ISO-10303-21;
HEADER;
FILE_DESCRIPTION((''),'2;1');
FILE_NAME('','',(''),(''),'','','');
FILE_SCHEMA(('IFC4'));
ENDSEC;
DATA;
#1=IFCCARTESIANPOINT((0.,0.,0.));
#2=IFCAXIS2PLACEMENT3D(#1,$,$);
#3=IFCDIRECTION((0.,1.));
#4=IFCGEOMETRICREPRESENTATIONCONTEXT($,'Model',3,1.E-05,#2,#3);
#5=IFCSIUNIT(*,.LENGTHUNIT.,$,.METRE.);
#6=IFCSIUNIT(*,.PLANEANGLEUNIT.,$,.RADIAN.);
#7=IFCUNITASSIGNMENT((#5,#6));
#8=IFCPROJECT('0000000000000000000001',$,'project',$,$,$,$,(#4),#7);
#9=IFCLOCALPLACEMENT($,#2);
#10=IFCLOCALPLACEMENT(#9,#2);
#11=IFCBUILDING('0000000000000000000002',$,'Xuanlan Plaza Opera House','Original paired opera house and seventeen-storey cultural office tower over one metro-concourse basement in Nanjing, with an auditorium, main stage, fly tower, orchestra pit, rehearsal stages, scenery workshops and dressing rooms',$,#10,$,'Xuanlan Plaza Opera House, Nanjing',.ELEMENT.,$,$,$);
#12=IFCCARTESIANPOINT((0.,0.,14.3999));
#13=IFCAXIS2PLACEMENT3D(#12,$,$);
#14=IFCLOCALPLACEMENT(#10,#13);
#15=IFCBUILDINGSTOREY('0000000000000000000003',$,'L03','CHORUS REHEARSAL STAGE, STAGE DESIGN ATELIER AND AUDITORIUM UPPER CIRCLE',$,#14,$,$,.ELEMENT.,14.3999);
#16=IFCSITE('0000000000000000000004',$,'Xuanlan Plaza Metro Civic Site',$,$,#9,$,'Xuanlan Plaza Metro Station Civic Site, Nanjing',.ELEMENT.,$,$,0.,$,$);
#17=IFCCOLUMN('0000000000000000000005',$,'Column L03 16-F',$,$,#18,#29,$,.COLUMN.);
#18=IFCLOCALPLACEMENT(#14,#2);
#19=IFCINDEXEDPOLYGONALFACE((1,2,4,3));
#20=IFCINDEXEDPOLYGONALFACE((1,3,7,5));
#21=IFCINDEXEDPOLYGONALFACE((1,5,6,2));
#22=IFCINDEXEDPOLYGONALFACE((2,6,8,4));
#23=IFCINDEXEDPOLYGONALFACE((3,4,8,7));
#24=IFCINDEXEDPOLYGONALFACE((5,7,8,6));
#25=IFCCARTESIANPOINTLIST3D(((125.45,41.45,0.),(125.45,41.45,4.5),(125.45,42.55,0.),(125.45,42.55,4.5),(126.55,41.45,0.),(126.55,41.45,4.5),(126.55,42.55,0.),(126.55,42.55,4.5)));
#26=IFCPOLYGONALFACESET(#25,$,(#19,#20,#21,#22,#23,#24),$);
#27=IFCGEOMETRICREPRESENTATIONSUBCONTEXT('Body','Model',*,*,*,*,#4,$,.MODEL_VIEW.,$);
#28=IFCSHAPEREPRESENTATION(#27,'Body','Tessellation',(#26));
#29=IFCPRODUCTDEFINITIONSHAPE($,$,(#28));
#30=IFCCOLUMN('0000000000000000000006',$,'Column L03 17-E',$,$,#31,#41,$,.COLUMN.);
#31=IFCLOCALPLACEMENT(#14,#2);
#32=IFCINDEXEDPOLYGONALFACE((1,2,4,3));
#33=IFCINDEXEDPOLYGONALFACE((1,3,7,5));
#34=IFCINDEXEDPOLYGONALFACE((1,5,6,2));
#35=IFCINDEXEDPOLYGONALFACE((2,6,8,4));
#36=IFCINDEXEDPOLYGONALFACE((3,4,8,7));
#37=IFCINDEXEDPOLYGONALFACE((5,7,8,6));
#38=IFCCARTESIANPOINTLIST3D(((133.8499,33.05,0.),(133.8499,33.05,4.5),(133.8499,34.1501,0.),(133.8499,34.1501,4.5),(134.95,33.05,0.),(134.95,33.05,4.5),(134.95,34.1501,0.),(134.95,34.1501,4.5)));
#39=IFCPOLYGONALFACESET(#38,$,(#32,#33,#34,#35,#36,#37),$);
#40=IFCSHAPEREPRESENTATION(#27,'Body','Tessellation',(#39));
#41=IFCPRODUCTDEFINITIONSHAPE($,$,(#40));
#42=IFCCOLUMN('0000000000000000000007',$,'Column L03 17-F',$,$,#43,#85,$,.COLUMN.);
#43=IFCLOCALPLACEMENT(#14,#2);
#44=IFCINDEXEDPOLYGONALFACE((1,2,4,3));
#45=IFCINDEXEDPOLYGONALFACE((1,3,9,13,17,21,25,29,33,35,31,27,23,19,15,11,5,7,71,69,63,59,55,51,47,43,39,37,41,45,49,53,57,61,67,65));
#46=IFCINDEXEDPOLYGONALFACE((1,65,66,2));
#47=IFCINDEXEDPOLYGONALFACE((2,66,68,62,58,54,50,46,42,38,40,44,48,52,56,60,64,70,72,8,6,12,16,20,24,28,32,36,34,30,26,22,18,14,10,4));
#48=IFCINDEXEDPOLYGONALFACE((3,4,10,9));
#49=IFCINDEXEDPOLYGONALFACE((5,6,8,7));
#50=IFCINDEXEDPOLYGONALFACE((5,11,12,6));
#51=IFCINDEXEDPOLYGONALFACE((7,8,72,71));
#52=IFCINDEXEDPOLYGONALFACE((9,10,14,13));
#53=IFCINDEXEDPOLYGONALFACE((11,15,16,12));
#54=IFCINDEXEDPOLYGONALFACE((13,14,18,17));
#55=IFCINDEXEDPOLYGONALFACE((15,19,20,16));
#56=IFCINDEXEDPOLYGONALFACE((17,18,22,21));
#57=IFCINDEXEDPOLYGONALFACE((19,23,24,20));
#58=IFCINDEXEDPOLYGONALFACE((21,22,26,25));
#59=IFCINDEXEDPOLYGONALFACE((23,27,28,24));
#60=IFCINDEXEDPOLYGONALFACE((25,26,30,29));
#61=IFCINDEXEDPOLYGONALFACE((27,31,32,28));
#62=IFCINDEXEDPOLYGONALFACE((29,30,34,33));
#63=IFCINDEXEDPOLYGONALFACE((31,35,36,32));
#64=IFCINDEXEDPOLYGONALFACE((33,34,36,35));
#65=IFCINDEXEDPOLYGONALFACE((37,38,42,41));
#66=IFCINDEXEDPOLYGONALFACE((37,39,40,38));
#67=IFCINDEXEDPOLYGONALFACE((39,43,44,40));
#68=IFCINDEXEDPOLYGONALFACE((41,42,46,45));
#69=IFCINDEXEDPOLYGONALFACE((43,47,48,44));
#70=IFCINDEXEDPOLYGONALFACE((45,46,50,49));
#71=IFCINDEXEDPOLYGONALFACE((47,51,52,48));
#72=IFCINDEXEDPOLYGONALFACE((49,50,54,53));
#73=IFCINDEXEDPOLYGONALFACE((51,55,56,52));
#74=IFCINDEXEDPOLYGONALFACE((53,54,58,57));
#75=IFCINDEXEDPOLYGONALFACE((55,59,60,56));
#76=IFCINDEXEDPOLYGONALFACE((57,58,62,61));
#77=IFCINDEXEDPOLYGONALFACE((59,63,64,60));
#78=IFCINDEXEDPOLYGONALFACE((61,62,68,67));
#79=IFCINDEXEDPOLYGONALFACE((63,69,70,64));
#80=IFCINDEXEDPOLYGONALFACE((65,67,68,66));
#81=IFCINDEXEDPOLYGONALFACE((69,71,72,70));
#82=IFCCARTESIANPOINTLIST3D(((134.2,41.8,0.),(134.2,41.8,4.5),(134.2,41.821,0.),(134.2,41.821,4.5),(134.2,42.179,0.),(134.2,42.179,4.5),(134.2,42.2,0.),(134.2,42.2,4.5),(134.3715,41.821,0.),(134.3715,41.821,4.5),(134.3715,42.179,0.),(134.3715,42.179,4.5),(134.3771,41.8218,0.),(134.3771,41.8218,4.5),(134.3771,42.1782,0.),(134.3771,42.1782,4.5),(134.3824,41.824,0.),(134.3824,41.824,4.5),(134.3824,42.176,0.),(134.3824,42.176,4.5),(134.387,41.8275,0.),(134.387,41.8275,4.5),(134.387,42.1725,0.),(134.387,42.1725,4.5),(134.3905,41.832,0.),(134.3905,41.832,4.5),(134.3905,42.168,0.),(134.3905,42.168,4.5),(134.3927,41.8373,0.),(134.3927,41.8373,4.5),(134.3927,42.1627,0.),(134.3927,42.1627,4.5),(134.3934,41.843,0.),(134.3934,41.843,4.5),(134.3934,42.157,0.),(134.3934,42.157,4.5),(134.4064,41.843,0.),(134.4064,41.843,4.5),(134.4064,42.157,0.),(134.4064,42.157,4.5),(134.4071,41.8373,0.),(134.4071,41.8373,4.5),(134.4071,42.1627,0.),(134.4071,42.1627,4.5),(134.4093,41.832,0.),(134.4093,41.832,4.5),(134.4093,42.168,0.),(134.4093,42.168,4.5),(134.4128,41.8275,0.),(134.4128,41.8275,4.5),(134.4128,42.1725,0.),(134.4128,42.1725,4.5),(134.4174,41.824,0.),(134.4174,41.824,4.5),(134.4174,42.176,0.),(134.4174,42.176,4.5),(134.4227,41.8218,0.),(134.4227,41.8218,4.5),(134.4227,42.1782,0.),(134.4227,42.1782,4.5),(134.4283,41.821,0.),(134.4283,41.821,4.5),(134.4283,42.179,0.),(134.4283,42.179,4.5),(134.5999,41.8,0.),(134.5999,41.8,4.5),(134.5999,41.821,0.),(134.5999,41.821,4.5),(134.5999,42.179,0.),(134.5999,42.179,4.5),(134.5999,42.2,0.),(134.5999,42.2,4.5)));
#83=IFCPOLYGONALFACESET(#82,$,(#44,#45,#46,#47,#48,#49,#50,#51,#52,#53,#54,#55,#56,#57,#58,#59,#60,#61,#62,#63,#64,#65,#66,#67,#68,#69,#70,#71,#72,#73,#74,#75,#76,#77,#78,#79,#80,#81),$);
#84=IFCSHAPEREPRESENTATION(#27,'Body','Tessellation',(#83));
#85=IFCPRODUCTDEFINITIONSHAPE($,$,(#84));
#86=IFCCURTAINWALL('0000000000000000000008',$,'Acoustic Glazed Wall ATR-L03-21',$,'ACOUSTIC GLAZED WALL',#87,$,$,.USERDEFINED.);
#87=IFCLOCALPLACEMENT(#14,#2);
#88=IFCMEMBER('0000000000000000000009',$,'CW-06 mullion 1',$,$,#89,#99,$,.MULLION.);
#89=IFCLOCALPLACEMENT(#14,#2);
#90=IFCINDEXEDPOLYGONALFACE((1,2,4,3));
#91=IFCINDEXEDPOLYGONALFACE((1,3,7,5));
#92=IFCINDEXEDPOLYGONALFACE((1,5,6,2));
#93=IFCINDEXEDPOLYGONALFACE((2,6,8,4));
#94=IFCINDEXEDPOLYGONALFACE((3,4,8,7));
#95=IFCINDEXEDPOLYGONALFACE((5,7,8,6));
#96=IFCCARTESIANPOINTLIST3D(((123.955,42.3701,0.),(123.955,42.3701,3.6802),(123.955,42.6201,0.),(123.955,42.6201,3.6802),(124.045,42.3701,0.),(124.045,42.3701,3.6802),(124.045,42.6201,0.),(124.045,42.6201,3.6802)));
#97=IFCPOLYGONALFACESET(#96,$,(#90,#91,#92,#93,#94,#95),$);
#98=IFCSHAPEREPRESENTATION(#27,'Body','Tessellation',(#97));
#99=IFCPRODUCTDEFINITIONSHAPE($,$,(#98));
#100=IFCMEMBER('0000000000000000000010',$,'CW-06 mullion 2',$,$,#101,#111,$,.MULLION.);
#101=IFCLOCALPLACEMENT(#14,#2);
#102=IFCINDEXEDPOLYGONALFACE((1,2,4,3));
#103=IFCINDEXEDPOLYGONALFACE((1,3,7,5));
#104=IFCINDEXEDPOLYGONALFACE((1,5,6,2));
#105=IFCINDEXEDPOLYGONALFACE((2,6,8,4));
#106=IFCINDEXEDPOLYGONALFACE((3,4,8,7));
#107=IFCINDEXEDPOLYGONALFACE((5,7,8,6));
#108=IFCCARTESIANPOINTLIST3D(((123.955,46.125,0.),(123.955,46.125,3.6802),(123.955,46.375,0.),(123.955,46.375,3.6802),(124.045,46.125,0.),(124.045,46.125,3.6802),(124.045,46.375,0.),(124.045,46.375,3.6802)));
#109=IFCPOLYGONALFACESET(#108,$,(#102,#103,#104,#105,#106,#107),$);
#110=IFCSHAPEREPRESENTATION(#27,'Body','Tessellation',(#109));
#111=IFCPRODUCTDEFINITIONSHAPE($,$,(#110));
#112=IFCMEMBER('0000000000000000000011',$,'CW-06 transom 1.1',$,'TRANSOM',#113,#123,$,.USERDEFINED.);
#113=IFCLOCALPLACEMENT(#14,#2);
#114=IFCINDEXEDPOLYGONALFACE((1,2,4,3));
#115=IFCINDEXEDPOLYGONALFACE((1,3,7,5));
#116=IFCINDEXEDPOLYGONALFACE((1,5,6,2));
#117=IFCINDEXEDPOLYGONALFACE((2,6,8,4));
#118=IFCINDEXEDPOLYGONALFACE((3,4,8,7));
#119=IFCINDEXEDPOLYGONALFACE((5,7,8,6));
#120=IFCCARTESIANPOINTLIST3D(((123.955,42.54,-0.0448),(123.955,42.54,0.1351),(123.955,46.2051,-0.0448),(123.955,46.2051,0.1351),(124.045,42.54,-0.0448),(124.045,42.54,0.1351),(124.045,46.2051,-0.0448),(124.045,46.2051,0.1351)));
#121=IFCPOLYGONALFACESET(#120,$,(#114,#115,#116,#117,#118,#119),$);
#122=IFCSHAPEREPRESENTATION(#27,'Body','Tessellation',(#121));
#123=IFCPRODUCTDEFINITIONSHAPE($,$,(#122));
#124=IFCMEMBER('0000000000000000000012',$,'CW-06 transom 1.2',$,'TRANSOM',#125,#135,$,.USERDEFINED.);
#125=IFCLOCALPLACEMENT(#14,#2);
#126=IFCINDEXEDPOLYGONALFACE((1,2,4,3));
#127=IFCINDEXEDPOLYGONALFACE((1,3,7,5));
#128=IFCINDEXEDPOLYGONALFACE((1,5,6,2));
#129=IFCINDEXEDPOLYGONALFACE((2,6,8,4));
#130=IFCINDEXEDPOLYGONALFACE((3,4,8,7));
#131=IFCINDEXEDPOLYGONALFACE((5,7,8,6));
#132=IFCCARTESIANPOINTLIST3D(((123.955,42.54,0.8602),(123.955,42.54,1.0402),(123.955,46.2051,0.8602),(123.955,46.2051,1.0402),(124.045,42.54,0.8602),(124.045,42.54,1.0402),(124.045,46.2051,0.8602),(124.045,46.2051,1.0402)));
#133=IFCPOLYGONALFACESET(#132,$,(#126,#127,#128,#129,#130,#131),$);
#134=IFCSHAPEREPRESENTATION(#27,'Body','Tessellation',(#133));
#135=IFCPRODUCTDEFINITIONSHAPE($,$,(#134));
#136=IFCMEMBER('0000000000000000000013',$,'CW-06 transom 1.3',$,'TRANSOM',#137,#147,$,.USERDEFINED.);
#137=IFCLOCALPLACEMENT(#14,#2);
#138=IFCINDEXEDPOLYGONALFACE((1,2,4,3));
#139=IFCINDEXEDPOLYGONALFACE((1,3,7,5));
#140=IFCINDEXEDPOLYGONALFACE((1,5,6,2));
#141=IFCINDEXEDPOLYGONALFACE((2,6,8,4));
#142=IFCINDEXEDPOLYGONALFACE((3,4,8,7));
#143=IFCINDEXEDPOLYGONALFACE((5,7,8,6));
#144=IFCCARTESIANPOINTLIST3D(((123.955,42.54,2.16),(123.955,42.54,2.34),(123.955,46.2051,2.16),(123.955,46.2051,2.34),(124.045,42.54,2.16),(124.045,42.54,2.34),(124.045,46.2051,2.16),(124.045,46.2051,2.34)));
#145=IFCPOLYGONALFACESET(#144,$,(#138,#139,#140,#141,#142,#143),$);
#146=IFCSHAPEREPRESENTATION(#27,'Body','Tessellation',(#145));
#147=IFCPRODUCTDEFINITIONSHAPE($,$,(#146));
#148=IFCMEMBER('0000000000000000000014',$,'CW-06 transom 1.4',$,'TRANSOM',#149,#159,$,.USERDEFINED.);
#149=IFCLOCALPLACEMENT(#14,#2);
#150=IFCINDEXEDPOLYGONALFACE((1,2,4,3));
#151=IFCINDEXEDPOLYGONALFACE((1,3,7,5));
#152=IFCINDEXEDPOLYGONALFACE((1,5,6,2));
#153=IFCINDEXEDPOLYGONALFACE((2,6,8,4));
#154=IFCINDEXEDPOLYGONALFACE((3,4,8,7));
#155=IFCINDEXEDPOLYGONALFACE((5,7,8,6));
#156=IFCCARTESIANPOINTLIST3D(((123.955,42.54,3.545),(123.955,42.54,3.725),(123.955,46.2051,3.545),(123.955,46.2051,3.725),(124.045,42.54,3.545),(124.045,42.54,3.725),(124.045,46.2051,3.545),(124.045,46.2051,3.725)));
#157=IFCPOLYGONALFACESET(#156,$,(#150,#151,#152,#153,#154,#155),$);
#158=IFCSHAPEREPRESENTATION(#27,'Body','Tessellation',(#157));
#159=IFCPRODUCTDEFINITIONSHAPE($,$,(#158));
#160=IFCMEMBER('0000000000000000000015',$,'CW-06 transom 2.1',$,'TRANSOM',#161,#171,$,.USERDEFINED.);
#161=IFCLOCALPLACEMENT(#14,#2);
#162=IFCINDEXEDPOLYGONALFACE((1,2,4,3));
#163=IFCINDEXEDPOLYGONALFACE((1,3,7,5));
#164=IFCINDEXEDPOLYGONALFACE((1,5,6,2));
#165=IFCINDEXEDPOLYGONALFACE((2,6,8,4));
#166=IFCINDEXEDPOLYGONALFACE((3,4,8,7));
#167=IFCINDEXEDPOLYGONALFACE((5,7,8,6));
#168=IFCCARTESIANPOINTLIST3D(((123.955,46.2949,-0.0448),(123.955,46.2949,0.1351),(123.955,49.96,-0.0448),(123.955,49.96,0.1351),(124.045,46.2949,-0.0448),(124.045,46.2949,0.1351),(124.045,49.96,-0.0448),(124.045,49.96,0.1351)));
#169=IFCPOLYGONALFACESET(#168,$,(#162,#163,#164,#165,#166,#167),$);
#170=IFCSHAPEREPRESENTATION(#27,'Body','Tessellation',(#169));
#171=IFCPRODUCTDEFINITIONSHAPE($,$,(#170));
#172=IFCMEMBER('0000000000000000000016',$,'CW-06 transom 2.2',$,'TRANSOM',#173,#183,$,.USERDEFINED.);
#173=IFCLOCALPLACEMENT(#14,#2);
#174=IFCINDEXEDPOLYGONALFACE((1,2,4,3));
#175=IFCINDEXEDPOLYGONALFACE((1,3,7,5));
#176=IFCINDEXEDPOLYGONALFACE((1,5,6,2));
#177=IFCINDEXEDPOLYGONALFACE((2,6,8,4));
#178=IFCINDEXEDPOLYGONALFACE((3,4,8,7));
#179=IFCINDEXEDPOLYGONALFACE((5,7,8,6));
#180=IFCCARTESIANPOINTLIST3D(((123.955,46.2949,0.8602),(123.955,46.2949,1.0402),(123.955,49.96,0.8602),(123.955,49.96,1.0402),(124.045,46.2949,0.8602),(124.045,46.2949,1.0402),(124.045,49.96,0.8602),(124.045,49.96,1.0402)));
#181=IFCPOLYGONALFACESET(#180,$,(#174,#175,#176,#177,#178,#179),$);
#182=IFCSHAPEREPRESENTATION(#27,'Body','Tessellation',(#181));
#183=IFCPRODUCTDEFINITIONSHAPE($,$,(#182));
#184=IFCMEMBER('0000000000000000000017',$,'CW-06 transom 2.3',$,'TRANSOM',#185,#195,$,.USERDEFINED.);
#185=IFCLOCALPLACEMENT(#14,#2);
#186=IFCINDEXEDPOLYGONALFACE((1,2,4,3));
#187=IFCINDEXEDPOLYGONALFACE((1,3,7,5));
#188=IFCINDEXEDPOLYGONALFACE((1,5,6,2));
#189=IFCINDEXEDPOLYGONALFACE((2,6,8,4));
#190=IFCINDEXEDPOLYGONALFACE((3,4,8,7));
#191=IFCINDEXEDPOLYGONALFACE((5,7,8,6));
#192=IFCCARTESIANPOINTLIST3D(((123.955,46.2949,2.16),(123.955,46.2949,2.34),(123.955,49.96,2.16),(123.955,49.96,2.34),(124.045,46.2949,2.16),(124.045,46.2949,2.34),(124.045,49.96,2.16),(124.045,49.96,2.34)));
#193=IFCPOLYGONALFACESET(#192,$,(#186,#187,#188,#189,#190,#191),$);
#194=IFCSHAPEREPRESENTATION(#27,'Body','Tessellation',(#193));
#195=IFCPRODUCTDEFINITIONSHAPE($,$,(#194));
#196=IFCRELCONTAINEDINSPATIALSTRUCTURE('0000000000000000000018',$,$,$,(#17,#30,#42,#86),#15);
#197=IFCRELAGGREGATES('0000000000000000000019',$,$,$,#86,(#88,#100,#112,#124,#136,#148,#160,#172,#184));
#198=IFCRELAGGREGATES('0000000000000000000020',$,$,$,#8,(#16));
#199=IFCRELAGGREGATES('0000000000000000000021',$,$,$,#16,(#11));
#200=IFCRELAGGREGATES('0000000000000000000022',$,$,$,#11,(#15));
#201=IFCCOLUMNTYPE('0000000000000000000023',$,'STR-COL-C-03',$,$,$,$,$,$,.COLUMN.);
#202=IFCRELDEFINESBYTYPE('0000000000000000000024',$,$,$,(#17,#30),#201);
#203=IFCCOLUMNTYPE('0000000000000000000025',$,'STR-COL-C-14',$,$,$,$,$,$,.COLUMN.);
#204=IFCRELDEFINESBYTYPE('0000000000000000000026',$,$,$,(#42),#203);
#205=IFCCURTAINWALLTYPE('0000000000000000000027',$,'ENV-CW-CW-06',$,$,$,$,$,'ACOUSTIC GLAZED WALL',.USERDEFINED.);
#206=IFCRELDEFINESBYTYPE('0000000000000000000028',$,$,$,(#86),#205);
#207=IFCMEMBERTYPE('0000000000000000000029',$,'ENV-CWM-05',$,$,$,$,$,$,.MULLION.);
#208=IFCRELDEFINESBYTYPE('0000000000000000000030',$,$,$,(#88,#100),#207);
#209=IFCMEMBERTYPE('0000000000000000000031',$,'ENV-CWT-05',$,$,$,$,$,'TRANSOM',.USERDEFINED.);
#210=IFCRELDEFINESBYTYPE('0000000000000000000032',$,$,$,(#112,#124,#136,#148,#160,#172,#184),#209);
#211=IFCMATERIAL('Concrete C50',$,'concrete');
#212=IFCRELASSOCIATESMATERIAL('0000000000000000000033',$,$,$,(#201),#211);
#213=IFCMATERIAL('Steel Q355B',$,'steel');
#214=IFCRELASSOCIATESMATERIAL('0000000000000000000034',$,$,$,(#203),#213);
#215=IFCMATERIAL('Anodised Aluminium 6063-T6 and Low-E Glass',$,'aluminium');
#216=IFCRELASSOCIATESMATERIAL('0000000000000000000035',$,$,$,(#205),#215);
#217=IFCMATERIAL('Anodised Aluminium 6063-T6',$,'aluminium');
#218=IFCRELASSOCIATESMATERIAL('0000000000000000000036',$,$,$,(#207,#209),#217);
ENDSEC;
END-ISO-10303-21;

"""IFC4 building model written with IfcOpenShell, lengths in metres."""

from ifc_helpers import new_model, si_unit, direction, frame, origin, origin_2d, place, context, subcontext, project, spatial, rectangle, i_section, extrude, material, material_profile, profile_set, type_object, element, aggregate, save


model = new_model("IFC4")

# Units and contexts
model_context = context("Model", 3, precision=1e-05, world=origin(), true_north=direction((0.0, 1.0)))
body_context = subcontext(model_context, "Body", "Model", "MODEL_VIEW")
ifc_project = project(units=[si_unit("LENGTHUNIT", "METRE"), si_unit("PLANEANGLEUNIT", "RADIAN")], contexts=[model_context])

# Site, building, storey
site_placement = place(None, origin())
site = spatial("IfcSite", under=ifc_project, at=site_placement, Name="Xuanlan Plaza Metro Civic Site", LongName="Xuanlan Plaza Metro Station Civic Site, Nanjing", CompositionType="ELEMENT", RefElevation=0.0)
building_placement = place(site_placement, origin())
building = spatial("IfcBuilding", under=site, at=building_placement, Name="Xuanlan Plaza Opera House", Description="Original paired opera house and seventeen-storey cultural office tower over one metro-concourse basement in Nanjing, with an auditorium, main stage, fly tower, orchestra pit, rehearsal stages, scenery workshops and dressing rooms", LongName="Xuanlan Plaza Opera House, Nanjing", CompositionType="ELEMENT")
storey_placement = place(building_placement, frame((0.0, 0.0, 14.3999)))
storey = spatial("IfcBuildingStorey", under=building, at=storey_placement, Name="L03", Description="CHORUS REHEARSAL STAGE, STAGE DESIGN ATELIER AND AUDITORIUM UPPER CIRCLE", CompositionType="ELEMENT", Elevation=14.3999)

# Columns
ifc_material_1 = material(Name="Concrete C50", Category="concrete")
ifc_material_profile_1 = material_profile(ifc_material_1, rectangle(XDim=1.1001, YDim=1.1001, at=origin_2d()), Name="RC-COL 1100x1100")
ifc_profile_set_1 = profile_set([ifc_material_profile_1], Name="Concrete C50")
column_type_1 = type_object("IfcColumnType", Name="STR-COL-C-03", PredefinedType="COLUMN", material=ifc_profile_set_1)
for number, where, z_axis, x_axis, name in (
    (1, (126.0, 42.0, 0.0), (0.0, 0.0, 1.0), (1.0, 0.0, 0.0), "Column L03 16-F"),
    (2, (134.3999, 33.6001, 0.0), (0.0, 0.0, 1.0), (1.0, 0.0, 0.0), "Column L03 17-E"),
):
    element("IfcColumn", number, at=place(storey_placement, frame(where, z_axis=z_axis, x_axis=x_axis)), inside=storey, type_object=column_type_1, Name=name, PredefinedType="COLUMN", context=body_context, shape_type="SweptSolid", body=[
        extrude(rectangle(XDim=1.1001, YDim=1.1001, at=origin_2d()), origin(), (0.0, 0.0, 1.0), 4.5),
    ])
ifc_material_2 = material(Name="Steel Q355B", Category="steel")
ifc_material_profile_2 = material_profile(ifc_material_2, i_section(OverallWidth=0.3999, OverallDepth=0.3999, WebThickness=0.0129, FlangeThickness=0.021, FilletRadius=0.022, at=origin_2d()), Name="HW 400x400x13x21")
ifc_profile_set_2 = profile_set([ifc_material_profile_2], Name="Steel Q355B")
column_type_2 = type_object("IfcColumnType", Name="STR-COL-C-14", PredefinedType="COLUMN", material=ifc_profile_set_2)
column_placement = place(storey_placement, frame((134.3999, 42.0, 0.0), z_axis=(0.0, 0.0, 1.0), x_axis=(1.0, 0.0, 0.0)))
element("IfcColumn", 3, at=column_placement, inside=storey, type_object=column_type_2, Name="Column L03 17-F", PredefinedType="COLUMN", context=body_context, shape_type="SweptSolid", body=[
    extrude(i_section(OverallWidth=0.3999, OverallDepth=0.3999, WebThickness=0.0129, FlangeThickness=0.021, FilletRadius=0.022, at=origin_2d()), origin(), (0.0, 0.0, 1.0), 4.5),
])

# Curtain wall, members
ifc_material_3 = material(Name="Anodised Aluminium 6063-T6 and Low-E Glass", Category="aluminium")
curtain_wall_type = type_object("IfcCurtainWallType", Name="ENV-CW-CW-06", ElementType="ACOUSTIC GLAZED WALL", PredefinedType="USERDEFINED", material=ifc_material_3)
curtain_wall_placement = place(storey_placement, origin())
curtain_wall = element("IfcCurtainWall", 4, at=curtain_wall_placement, inside=storey, type_object=curtain_wall_type, Name="Acoustic Glazed Wall ATR-L03-21", ObjectType="ACOUSTIC GLAZED WALL", PredefinedType="USERDEFINED")
ifc_material_4 = material(Name="Anodised Aluminium 6063-T6", Category="aluminium")
ifc_material_profile_3 = material_profile(ifc_material_4, rectangle(XDim=0.0901, YDim=0.25, at=origin_2d()), Name="ALU-M 90x250")
ifc_profile_set_3 = profile_set([ifc_material_profile_3], Name="Anodised Aluminium 6063-T6")
member_type_1 = type_object("IfcMemberType", Name="ENV-CWM-05", PredefinedType="MULLION", material=ifc_profile_set_3)
member_1_placement = place(storey_placement, frame((124.0, 42.4951, 0.0), z_axis=(0.0, 0.0, 1.0), x_axis=(-1.0, 0.0, 0.0)))
member_1 = element("IfcMember", 5, at=member_1_placement, type_object=member_type_1, Name="CW-06 mullion 1", PredefinedType="MULLION", context=body_context, shape_type="SweptSolid", body=[
    extrude(rectangle(XDim=0.0901, YDim=0.25, at=origin_2d()), origin(), (0.0, 0.0, 1.0), 3.6802),
])
member_2_placement = place(storey_placement, frame((124.0, 46.25, 0.0), z_axis=(0.0, 0.0, 1.0), x_axis=(-1.0, 0.0, 0.0)))
member_2 = element("IfcMember", 6, at=member_2_placement, type_object=member_type_1, Name="CW-06 mullion 2", PredefinedType="MULLION", context=body_context, shape_type="SweptSolid", body=[
    extrude(rectangle(XDim=0.0901, YDim=0.25, at=origin_2d()), origin(), (0.0, 0.0, 1.0), 3.6802),
])
ifc_material_profile_4 = material_profile(ifc_material_4, rectangle(XDim=0.0901, YDim=0.1799, at=origin_2d()), Name="ALU-T 90x180")
ifc_profile_set_4 = profile_set([ifc_material_profile_4], Name="Anodised Aluminium 6063-T6")
member_type_2 = type_object("IfcMemberType", Name="ENV-CWT-05", ElementType="TRANSOM", PredefinedType="USERDEFINED", material=ifc_profile_set_4)
member_3_placement = place(storey_placement, frame((124.0, 42.54, 0.0452), z_axis=(0.0, 1.0, 0.0), x_axis=(-1.0, 0.0, 0.0)))
member_3 = element("IfcMember", 7, at=member_3_placement, type_object=member_type_2, Name="CW-06 transom 1.1", ObjectType="TRANSOM", PredefinedType="USERDEFINED", context=body_context, shape_type="SweptSolid", body=[
    extrude(rectangle(XDim=0.0901, YDim=0.1799, at=origin_2d()), origin(), (0.0, 0.0, 1.0), 3.665),
])
member_4_placement = place(storey_placement, frame((124.0, 42.54, 0.9502), z_axis=(0.0, 1.0, 0.0), x_axis=(-1.0, 0.0, 0.0)))
member_4 = element("IfcMember", 8, at=member_4_placement, type_object=member_type_2, Name="CW-06 transom 1.2", ObjectType="TRANSOM", PredefinedType="USERDEFINED", context=body_context, shape_type="SweptSolid", body=[
    extrude(rectangle(XDim=0.0901, YDim=0.1799, at=origin_2d()), origin(), (0.0, 0.0, 1.0), 3.665),
])
member_5_placement = place(storey_placement, frame((124.0, 42.54, 2.25), z_axis=(0.0, 1.0, 0.0), x_axis=(-1.0, 0.0, 0.0)))
member_5 = element("IfcMember", 9, at=member_5_placement, type_object=member_type_2, Name="CW-06 transom 1.3", ObjectType="TRANSOM", PredefinedType="USERDEFINED", context=body_context, shape_type="SweptSolid", body=[
    extrude(rectangle(XDim=0.0901, YDim=0.1799, at=origin_2d()), origin(), (0.0, 0.0, 1.0), 3.665),
])
member_6_placement = place(storey_placement, frame((124.0, 42.54, 3.635), z_axis=(0.0, 1.0, 0.0), x_axis=(-1.0, 0.0, 0.0)))
member_6 = element("IfcMember", 10, at=member_6_placement, type_object=member_type_2, Name="CW-06 transom 1.4", ObjectType="TRANSOM", PredefinedType="USERDEFINED", context=body_context, shape_type="SweptSolid", body=[
    extrude(rectangle(XDim=0.0901, YDim=0.1799, at=origin_2d()), origin(), (0.0, 0.0, 1.0), 3.665),
])
member_7_placement = place(storey_placement, frame((124.0, 46.2949, 0.0452), z_axis=(0.0, 1.0, 0.0), x_axis=(-1.0, 0.0, 0.0)))
member_7 = element("IfcMember", 11, at=member_7_placement, type_object=member_type_2, Name="CW-06 transom 2.1", ObjectType="TRANSOM", PredefinedType="USERDEFINED", context=body_context, shape_type="SweptSolid", body=[
    extrude(rectangle(XDim=0.0901, YDim=0.1799, at=origin_2d()), origin(), (0.0, 0.0, 1.0), 3.665),
])
member_8_placement = place(storey_placement, frame((124.0, 46.2949, 0.9502), z_axis=(0.0, 1.0, 0.0), x_axis=(-1.0, 0.0, 0.0)))
member_8 = element("IfcMember", 12, at=member_8_placement, type_object=member_type_2, Name="CW-06 transom 2.2", ObjectType="TRANSOM", PredefinedType="USERDEFINED", context=body_context, shape_type="SweptSolid", body=[
    extrude(rectangle(XDim=0.0901, YDim=0.1799, at=origin_2d()), origin(), (0.0, 0.0, 1.0), 3.665),
])
member_9_placement = place(storey_placement, frame((124.0, 46.2949, 2.25), z_axis=(0.0, 1.0, 0.0), x_axis=(-1.0, 0.0, 0.0)))
member_9 = element("IfcMember", 13, at=member_9_placement, type_object=member_type_2, Name="CW-06 transom 2.3", ObjectType="TRANSOM", PredefinedType="USERDEFINED", context=body_context, shape_type="SweptSolid", body=[
    extrude(rectangle(XDim=0.0901, YDim=0.1799, at=origin_2d()), origin(), (0.0, 0.0, 1.0), 3.665),
])

aggregate(curtain_wall, [member_1, member_2, member_3, member_4, member_5, member_6, member_7, member_8, member_9])

save(model, "model.ifc")
